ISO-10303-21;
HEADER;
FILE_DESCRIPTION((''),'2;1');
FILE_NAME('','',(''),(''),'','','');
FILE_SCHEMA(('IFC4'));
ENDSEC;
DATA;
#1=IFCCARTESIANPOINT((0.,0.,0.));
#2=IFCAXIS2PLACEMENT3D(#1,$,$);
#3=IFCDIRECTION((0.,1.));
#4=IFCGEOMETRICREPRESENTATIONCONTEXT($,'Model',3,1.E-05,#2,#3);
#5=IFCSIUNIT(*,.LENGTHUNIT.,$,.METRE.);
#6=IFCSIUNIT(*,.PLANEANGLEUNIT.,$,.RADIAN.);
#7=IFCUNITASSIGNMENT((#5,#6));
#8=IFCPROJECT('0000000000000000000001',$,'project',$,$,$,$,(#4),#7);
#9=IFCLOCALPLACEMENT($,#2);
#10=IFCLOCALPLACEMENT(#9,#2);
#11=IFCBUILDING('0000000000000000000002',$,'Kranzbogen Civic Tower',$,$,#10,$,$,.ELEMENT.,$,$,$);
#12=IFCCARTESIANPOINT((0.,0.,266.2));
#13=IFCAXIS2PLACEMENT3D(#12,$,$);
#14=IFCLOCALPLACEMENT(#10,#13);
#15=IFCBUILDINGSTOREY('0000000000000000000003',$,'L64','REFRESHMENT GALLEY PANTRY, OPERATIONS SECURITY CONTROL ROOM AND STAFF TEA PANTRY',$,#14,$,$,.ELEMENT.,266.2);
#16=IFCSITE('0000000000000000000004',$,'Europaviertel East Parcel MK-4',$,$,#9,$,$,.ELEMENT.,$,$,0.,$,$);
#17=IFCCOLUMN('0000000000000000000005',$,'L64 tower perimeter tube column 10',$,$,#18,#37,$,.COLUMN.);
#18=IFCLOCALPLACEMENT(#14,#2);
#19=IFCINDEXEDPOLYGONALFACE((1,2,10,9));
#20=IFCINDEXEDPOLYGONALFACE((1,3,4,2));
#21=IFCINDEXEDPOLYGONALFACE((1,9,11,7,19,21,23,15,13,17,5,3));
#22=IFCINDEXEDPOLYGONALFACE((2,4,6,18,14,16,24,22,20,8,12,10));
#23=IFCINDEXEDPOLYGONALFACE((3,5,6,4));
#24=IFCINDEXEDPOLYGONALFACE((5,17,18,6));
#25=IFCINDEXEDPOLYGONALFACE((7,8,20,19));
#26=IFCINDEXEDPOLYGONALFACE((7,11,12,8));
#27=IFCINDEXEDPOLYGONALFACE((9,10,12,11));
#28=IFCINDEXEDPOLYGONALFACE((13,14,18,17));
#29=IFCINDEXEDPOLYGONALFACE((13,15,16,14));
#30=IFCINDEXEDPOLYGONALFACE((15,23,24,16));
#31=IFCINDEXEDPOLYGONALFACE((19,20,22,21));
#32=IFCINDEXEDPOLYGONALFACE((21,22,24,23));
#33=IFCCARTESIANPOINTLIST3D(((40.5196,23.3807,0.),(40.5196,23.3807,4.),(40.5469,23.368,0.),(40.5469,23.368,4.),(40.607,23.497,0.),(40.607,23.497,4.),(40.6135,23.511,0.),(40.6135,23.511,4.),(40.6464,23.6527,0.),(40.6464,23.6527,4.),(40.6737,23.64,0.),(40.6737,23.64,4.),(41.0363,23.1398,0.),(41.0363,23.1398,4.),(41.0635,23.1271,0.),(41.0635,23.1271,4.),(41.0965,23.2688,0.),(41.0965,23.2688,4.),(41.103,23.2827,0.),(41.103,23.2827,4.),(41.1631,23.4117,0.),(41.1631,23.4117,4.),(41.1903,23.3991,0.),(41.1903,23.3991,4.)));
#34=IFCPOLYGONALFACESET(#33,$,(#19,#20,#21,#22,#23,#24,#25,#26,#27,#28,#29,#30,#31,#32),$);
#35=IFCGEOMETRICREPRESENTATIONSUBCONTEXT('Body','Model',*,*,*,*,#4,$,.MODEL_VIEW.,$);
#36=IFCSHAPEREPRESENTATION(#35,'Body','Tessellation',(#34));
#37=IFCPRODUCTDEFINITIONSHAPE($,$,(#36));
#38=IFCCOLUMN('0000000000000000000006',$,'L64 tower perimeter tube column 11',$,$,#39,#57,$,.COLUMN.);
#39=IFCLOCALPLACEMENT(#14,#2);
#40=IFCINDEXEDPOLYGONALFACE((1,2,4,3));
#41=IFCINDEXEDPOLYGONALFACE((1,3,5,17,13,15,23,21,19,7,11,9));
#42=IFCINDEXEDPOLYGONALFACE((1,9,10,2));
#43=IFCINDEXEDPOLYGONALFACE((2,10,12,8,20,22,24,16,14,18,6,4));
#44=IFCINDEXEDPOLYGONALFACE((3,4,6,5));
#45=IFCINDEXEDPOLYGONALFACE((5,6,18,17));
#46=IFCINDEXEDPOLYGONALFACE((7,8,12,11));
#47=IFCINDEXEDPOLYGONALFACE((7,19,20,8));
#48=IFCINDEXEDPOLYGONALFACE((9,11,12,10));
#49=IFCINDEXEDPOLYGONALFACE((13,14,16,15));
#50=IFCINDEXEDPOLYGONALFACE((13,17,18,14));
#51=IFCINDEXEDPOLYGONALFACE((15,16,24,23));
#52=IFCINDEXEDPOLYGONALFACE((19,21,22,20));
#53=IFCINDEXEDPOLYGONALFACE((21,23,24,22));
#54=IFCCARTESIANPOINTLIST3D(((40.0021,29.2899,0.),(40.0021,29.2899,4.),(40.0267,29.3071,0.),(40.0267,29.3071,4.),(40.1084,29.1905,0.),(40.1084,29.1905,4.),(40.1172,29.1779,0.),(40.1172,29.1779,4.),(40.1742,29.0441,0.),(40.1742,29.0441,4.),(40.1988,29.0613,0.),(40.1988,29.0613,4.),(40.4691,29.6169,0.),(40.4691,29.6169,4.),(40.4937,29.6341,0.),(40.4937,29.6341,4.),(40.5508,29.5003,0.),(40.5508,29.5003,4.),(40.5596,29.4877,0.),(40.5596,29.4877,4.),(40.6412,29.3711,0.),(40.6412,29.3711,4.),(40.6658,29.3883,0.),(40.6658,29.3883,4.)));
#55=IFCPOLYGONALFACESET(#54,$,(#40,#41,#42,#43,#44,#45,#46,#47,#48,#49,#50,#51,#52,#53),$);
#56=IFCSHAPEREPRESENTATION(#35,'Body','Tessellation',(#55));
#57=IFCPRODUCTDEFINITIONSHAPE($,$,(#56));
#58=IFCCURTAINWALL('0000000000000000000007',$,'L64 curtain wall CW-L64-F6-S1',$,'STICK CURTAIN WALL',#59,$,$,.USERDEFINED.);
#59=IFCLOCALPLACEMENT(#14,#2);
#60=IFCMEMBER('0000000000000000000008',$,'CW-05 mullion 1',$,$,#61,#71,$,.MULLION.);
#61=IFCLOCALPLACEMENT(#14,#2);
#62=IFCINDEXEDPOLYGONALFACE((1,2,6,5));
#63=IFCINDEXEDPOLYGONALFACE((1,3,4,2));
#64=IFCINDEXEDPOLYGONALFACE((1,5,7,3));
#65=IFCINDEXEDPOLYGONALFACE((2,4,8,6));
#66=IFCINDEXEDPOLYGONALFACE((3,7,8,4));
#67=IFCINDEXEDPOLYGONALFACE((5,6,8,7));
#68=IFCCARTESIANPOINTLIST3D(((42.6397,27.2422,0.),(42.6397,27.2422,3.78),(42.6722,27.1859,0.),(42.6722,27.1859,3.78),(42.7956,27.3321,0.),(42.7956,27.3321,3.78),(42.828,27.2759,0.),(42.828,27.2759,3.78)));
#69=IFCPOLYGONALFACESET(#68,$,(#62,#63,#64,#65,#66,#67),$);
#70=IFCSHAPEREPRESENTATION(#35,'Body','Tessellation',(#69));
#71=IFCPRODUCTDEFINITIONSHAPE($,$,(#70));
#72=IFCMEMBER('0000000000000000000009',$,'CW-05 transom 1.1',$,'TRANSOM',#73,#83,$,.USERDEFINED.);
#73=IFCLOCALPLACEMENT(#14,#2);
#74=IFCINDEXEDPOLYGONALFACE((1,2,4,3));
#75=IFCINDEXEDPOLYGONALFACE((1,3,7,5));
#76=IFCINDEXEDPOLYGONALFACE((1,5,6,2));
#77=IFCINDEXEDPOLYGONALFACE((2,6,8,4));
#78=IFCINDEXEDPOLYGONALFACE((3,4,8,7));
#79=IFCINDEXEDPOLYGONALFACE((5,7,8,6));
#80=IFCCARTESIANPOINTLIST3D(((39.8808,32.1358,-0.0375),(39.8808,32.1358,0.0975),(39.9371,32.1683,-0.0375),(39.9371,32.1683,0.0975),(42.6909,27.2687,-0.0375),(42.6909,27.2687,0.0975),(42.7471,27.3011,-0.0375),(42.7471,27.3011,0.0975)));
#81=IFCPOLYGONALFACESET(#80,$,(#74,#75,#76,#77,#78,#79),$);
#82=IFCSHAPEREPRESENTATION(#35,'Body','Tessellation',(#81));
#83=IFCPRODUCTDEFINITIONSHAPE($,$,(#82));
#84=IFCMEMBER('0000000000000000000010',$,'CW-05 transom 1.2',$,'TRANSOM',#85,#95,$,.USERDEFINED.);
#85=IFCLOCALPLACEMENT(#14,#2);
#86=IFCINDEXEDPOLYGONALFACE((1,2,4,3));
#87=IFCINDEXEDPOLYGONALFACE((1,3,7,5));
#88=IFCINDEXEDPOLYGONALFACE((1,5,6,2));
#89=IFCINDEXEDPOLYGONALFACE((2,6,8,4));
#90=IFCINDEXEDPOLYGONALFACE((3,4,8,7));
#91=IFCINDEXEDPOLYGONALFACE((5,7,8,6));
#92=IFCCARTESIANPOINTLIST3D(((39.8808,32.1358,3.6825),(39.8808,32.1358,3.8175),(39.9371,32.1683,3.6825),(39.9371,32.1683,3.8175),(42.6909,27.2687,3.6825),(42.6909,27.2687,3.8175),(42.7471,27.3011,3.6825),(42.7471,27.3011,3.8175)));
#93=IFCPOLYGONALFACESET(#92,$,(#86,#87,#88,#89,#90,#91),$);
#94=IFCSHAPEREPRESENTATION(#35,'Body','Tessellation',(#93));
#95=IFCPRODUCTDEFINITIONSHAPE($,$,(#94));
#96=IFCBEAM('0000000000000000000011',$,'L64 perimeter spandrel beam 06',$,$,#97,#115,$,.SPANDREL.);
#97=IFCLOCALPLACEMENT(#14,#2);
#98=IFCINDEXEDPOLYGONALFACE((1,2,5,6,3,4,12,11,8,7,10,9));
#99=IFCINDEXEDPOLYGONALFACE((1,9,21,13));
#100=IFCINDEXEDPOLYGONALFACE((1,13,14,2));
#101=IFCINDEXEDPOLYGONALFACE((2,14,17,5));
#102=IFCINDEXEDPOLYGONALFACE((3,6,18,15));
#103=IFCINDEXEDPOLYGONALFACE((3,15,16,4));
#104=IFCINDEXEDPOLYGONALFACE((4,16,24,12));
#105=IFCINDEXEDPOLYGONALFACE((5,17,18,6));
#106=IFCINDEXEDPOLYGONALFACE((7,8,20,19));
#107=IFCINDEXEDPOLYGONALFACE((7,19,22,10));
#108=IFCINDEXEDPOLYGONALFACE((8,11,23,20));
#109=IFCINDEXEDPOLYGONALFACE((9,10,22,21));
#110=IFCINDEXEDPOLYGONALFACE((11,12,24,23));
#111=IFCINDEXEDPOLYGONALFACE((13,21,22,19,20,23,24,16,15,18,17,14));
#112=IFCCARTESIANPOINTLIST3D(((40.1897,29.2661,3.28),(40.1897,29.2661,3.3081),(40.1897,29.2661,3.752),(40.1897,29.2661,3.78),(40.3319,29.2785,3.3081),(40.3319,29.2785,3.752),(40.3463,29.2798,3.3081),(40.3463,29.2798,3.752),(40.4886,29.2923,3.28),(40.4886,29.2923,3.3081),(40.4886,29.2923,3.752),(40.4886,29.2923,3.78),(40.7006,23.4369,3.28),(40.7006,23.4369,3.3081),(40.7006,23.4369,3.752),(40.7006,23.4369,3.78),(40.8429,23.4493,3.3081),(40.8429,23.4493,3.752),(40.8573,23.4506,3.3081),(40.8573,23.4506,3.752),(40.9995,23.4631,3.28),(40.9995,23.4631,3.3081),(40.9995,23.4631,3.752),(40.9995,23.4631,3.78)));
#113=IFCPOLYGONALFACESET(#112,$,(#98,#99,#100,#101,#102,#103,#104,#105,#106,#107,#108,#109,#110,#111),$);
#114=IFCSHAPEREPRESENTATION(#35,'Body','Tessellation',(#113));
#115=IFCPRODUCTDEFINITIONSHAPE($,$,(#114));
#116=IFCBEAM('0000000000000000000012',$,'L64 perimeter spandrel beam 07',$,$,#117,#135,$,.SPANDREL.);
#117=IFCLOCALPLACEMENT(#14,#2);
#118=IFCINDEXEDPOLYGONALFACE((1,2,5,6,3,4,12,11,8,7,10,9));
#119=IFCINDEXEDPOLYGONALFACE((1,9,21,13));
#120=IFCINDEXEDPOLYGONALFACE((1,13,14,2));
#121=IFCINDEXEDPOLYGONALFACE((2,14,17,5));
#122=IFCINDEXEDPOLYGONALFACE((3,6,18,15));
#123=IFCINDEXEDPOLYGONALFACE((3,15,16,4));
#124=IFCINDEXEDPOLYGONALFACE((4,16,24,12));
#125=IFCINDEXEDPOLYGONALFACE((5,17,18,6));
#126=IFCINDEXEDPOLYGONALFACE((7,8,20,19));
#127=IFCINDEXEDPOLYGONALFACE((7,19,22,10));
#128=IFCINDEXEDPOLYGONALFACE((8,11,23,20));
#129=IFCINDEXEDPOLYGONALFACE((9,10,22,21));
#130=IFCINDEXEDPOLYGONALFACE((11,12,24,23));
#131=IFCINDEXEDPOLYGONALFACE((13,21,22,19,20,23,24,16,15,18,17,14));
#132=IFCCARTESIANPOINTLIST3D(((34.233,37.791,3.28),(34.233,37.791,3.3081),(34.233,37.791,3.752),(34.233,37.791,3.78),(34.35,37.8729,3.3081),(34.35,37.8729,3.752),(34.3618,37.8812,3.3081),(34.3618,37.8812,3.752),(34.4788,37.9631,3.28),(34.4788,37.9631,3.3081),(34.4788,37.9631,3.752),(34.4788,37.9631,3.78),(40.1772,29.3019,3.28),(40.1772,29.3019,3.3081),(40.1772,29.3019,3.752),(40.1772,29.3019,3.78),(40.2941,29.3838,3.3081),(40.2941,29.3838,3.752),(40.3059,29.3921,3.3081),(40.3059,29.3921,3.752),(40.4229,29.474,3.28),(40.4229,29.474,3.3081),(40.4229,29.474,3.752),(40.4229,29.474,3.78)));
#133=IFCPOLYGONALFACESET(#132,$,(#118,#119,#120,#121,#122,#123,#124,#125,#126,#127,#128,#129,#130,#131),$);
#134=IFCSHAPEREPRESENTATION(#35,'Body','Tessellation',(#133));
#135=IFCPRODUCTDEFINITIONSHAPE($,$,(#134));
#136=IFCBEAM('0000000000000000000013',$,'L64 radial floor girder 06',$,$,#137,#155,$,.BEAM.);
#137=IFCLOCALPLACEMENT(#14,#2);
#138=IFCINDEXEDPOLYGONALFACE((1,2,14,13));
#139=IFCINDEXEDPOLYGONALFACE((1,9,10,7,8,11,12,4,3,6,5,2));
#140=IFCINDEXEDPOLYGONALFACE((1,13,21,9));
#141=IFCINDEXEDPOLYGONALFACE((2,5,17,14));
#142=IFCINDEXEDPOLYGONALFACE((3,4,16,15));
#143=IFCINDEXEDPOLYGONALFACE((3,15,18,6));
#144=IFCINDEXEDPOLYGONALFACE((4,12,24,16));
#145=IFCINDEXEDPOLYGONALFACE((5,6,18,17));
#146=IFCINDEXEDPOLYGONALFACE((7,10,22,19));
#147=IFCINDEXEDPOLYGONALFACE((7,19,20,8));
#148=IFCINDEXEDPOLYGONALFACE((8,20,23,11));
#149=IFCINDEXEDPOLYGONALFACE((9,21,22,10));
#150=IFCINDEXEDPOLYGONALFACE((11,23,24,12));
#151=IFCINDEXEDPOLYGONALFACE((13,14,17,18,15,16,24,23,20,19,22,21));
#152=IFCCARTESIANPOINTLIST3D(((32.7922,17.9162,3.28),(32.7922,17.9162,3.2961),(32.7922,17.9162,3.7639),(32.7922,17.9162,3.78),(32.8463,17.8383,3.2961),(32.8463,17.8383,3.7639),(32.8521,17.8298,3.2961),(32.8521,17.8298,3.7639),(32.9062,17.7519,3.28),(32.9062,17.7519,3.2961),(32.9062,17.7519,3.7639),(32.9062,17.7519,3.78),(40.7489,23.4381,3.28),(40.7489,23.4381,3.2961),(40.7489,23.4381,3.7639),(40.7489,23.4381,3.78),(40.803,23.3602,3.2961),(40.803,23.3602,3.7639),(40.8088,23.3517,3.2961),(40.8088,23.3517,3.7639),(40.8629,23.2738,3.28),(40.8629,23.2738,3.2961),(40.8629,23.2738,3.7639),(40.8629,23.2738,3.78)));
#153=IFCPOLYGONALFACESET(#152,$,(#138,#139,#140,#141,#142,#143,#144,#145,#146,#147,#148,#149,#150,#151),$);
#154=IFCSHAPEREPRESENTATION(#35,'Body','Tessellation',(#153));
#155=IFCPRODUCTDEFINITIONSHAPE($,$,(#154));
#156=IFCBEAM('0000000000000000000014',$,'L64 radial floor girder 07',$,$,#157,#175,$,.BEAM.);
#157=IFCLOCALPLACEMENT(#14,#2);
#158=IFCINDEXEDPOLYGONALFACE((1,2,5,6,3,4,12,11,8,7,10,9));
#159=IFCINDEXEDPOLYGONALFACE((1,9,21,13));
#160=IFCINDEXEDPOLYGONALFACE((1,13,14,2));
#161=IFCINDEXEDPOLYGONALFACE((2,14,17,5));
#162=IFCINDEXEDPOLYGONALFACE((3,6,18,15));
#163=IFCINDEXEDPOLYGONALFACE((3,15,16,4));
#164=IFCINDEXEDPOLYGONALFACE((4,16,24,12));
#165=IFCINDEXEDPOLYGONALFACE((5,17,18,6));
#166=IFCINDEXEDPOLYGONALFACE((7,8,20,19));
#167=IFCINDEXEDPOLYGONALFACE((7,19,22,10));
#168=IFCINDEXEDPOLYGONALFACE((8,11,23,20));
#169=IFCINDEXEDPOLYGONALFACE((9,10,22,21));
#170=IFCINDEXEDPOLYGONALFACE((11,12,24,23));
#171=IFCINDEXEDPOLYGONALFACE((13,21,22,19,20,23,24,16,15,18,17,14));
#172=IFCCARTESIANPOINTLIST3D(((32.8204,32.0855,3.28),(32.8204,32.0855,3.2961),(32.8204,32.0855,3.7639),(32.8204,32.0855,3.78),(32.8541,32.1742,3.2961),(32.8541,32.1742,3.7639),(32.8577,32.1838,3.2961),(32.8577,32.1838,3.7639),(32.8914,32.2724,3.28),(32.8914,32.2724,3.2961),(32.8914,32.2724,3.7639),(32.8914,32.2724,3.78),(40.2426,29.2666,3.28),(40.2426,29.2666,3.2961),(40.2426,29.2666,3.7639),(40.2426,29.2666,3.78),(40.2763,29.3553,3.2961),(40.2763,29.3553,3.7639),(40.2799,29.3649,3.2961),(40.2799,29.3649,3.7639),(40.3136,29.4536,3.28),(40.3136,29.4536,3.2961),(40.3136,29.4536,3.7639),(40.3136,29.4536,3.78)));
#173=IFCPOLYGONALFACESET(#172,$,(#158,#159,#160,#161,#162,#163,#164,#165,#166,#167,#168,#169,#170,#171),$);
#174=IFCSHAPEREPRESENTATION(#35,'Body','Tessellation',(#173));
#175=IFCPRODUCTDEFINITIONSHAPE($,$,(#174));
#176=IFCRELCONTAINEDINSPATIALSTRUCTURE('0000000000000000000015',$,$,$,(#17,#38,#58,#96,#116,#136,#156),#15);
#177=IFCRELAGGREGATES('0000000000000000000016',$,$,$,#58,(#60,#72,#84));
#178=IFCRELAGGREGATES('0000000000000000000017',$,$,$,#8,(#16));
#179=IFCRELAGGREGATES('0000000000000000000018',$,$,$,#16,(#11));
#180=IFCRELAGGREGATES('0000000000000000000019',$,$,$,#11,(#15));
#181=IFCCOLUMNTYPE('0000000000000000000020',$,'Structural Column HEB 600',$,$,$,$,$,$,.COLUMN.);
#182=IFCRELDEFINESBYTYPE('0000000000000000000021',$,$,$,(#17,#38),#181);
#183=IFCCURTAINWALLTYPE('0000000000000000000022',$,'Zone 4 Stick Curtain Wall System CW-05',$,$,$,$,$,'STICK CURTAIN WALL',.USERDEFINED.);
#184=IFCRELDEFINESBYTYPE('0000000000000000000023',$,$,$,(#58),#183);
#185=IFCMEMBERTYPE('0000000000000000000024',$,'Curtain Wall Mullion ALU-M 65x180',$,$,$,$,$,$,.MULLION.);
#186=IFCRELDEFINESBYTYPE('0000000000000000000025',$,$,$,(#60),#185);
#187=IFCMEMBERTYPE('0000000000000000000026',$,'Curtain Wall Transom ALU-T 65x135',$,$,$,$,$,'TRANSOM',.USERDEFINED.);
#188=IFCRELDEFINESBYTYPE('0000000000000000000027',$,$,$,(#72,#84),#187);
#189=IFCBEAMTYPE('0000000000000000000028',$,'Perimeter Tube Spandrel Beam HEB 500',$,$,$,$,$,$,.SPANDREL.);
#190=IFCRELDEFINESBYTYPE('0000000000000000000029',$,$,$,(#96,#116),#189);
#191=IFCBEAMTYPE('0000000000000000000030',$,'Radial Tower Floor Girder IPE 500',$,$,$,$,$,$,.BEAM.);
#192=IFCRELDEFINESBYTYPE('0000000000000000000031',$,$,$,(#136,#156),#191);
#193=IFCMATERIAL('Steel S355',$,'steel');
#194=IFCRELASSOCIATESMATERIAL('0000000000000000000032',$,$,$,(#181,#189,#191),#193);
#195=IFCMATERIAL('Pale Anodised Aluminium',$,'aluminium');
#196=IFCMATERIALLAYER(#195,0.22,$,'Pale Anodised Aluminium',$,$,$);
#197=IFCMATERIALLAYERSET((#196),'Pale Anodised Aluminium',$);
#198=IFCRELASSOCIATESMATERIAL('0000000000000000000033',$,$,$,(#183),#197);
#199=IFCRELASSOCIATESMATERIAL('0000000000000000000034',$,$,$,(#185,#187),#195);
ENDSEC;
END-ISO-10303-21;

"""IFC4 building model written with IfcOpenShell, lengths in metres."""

from ifc_helpers import new_model, si_unit, direction, frame, origin, origin_2d, place, context, subcontext, project, spatial, rectangle, i_section, extrude, material, layer, layer_set, material_profile, profile_set, type_object, element, aggregate, save


model = new_model("IFC4")

# Units and contexts
model_context = context("Model", 3, precision=1e-05, world=origin(), true_north=direction((0.0, 1.0)))
body_context = subcontext(model_context, "Body", "Model", "MODEL_VIEW")
ifc_project = project(units=[si_unit("LENGTHUNIT", "METRE"), si_unit("PLANEANGLEUNIT", "RADIAN")], contexts=[model_context])

# Site, building, storey
site_placement = place(None, origin())
site = spatial("IfcSite", under=ifc_project, at=site_placement, Name="Europaviertel East Parcel MK-4", CompositionType="ELEMENT", RefElevation=0.0)
building_placement = place(site_placement, origin())
building = spatial("IfcBuilding", under=site, at=building_placement, Name="Kranzbogen Civic Tower", CompositionType="ELEMENT")
storey_placement = place(building_placement, frame((0.0, 0.0, 266.2)))
storey = spatial("IfcBuildingStorey", under=building, at=storey_placement, Name="L64", Description="REFRESHMENT GALLEY PANTRY, OPERATIONS SECURITY CONTROL ROOM AND STAFF TEA PANTRY", CompositionType="ELEMENT", Elevation=266.2)

# Columns
ifc_material_1 = material(Name="Steel S355", Category="steel")
ifc_material_profile_1 = material_profile(ifc_material_1, i_section(OverallWidth=0.3, OverallDepth=0.6001, WebThickness=0.0154, FlangeThickness=0.03, at=origin_2d()), Name="HEB 600")
ifc_profile_set_1 = profile_set([ifc_material_profile_1], Name="Steel S355")
column_type = type_object("IfcColumnType", Name="Structural Column HEB 600", PredefinedType="COLUMN", material=ifc_profile_set_1)
for number, where, z_axis, x_axis, name in (
    (1, (40.855, 23.3899, 0.0), (0.0, 0.0, 1.0), (0.422618, 0.906308, 0.0), "L64 tower perimeter tube column 10"),
    (2, (40.334, 29.3391, 0.0), (0.0, 0.0, 1.0), (-0.573576, 0.819152, 0.0), "L64 tower perimeter tube column 11"),
):
    element("IfcColumn", number, at=place(storey_placement, frame(where, z_axis=z_axis, x_axis=x_axis)), inside=storey, type_object=column_type, Name=name, PredefinedType="COLUMN", context=body_context, shape_type="SweptSolid", body=[
        extrude(i_section(OverallWidth=0.3, OverallDepth=0.6001, WebThickness=0.0154, FlangeThickness=0.03, at=origin_2d()), origin(), (0.0, 0.0, 1.0), 4.0),
    ])

# Curtain wall, members
ifc_material_2 = material(Name="Pale Anodised Aluminium", Category="aluminium")
ifc_layer_1 = layer(ifc_material_2, 0.22, Name="Pale Anodised Aluminium")
ifc_layer_set_1 = layer_set([ifc_layer_1], Name="Pale Anodised Aluminium")
curtain_wall_type = type_object("IfcCurtainWallType", Name="Zone 4 Stick Curtain Wall System CW-05", ElementType="STICK CURTAIN WALL", PredefinedType="USERDEFINED", material=ifc_layer_set_1)
curtain_wall_placement = place(storey_placement, origin())
curtain_wall = element("IfcCurtainWall", 3, at=curtain_wall_placement, inside=storey, type_object=curtain_wall_type, Name="L64 curtain wall CW-L64-F6-S1", ObjectType="STICK CURTAIN WALL", PredefinedType="USERDEFINED")
ifc_material_profile_2 = material_profile(ifc_material_2, rectangle(XDim=0.0649, YDim=0.1799, at=origin_2d()), Name="ALU-M 65x180")
ifc_profile_set_2 = profile_set([ifc_material_profile_2], Name="Pale Anodised Aluminium")
member_type_1 = type_object("IfcMemberType", Name="Curtain Wall Mullion ALU-M 65x180", PredefinedType="MULLION", material=ifc_profile_set_2)
member_1_placement = place(storey_placement, frame((42.7339, 27.259, 0.0), z_axis=(0.0, 0.0, 1.0), x_axis=(-0.499999, 0.866026, 0.0)))
member_1 = element("IfcMember", 4, at=member_1_placement, type_object=member_type_1, Name="CW-05 mullion 1", PredefinedType="MULLION", context=body_context, shape_type="SweptSolid", body=[
    extrude(rectangle(XDim=0.0649, YDim=0.1799, at=origin_2d()), origin(), (0.0, 0.0, 1.0), 3.78),
])
ifc_material_profile_3 = material_profile(ifc_material_2, rectangle(XDim=0.0649, YDim=0.135, at=origin_2d()), Name="ALU-T 65x135")
ifc_profile_set_3 = profile_set([ifc_material_profile_3], Name="Pale Anodised Aluminium")
member_type_2 = type_object("IfcMemberType", Name="Curtain Wall Transom ALU-T 65x135", ElementType="TRANSOM", PredefinedType="USERDEFINED", material=ifc_profile_set_3)
member_2_placement = place(storey_placement, frame((42.719, 27.2849, 0.03), z_axis=(-0.499998, 0.866026, 0.0), x_axis=(-0.866026, -0.499998, 0.0)))
member_2 = element("IfcMember", 5, at=member_2_placement, type_object=member_type_2, Name="CW-05 transom 1.1", ObjectType="TRANSOM", PredefinedType="USERDEFINED", context=body_context, shape_type="SweptSolid", body=[
    extrude(rectangle(XDim=0.0649, YDim=0.135, at=origin_2d()), origin(), (0.0, 0.0, 1.0), 5.6201),
])
member_3_placement = place(storey_placement, frame((42.719, 27.2849, 3.75), z_axis=(-0.499998, 0.866026, 0.0), x_axis=(-0.866026, -0.499998, 0.0)))
member_3 = element("IfcMember", 6, at=member_3_placement, type_object=member_type_2, Name="CW-05 transom 1.2", ObjectType="TRANSOM", PredefinedType="USERDEFINED", context=body_context, shape_type="SweptSolid", body=[
    extrude(rectangle(XDim=0.0649, YDim=0.135, at=origin_2d()), origin(), (0.0, 0.0, 1.0), 5.6201),
])

# Beams
ifc_material_profile_4 = material_profile(ifc_material_1, i_section(OverallWidth=0.3, OverallDepth=0.5, WebThickness=0.0144, FlangeThickness=0.0281, at=origin_2d()), Name="HEB 500")
ifc_profile_set_4 = profile_set([ifc_material_profile_4], Name="Steel S355")
beam_type_1 = type_object("IfcBeamType", Name="Perimeter Tube Spandrel Beam HEB 500", PredefinedType="SPANDREL", material=ifc_profile_set_4)
beam_1_placement = place(storey_placement, frame((40.8501, 23.45, 3.53), z_axis=(-0.087326, 0.99618, 0.0), x_axis=(-0.99618, -0.087326, 0.0)))
element("IfcBeam", 7, at=beam_1_placement, inside=storey, type_object=beam_type_1, Name="L64 perimeter spandrel beam 06", PredefinedType="SPANDREL", context=body_context, shape_type="SweptSolid", body=[
    extrude(i_section(OverallWidth=0.3, OverallDepth=0.5, WebThickness=0.0144, FlangeThickness=0.0281, at=origin_2d()), origin(), (0.0, 0.0, 1.0), 5.8516),
])
beam_2_placement = place(storey_placement, frame((40.3, 29.3879, 3.53), z_axis=(-0.573578, 0.819151, 0.0), x_axis=(-0.819151, -0.573578, 0.0)))
element("IfcBeam", 8, at=beam_2_placement, inside=storey, type_object=beam_type_1, Name="L64 perimeter spandrel beam 07", PredefinedType="SPANDREL", context=body_context, shape_type="SweptSolid", body=[
    extrude(i_section(OverallWidth=0.3, OverallDepth=0.5, WebThickness=0.0144, FlangeThickness=0.0281, at=origin_2d()), origin(), (0.0, 0.0, 1.0), 10.3633),
])
ifc_material_profile_5 = material_profile(ifc_material_1, i_section(OverallWidth=0.2, OverallDepth=0.5, WebThickness=0.0103, FlangeThickness=0.0161, at=origin_2d()), Name="IPE 500")
ifc_profile_set_5 = profile_set([ifc_material_profile_5], Name="Steel S355")
beam_type_2 = type_object("IfcBeamType", Name="Radial Tower Floor Girder IPE 500", PredefinedType="BEAM", material=ifc_profile_set_5)
beam_3_placement = place(storey_placement, frame((40.8059, 23.356, 3.53), z_axis=(-0.821543, -0.570147, 0.0), x_axis=(0.570147, -0.821543, 0.0)))
element("IfcBeam", 9, at=beam_3_placement, inside=storey, type_object=beam_type_2, Name="L64 radial floor girder 06", PredefinedType="BEAM", context=body_context, shape_type="SweptSolid", body=[
    extrude(i_section(OverallWidth=0.2, OverallDepth=0.5, WebThickness=0.0103, FlangeThickness=0.0161, at=origin_2d()), origin(), (0.0, 0.0, 1.0), 9.6851),
])
beam_4_placement = place(storey_placement, frame((40.2781, 29.3601, 3.53), z_axis=(-0.934849, 0.355046, 0.0), x_axis=(-0.355046, -0.934849, 0.0)))
element("IfcBeam", 10, at=beam_4_placement, inside=storey, type_object=beam_type_2, Name="L64 radial floor girder 07", PredefinedType="BEAM", context=body_context, shape_type="SweptSolid", body=[
    extrude(i_section(OverallWidth=0.2, OverallDepth=0.5, WebThickness=0.0103, FlangeThickness=0.0161, at=origin_2d()), origin(), (0.0, 0.0, 1.0), 7.9395),
])

aggregate(curtain_wall, [member_1, member_2, member_3])

save(model, "model.ifc")
